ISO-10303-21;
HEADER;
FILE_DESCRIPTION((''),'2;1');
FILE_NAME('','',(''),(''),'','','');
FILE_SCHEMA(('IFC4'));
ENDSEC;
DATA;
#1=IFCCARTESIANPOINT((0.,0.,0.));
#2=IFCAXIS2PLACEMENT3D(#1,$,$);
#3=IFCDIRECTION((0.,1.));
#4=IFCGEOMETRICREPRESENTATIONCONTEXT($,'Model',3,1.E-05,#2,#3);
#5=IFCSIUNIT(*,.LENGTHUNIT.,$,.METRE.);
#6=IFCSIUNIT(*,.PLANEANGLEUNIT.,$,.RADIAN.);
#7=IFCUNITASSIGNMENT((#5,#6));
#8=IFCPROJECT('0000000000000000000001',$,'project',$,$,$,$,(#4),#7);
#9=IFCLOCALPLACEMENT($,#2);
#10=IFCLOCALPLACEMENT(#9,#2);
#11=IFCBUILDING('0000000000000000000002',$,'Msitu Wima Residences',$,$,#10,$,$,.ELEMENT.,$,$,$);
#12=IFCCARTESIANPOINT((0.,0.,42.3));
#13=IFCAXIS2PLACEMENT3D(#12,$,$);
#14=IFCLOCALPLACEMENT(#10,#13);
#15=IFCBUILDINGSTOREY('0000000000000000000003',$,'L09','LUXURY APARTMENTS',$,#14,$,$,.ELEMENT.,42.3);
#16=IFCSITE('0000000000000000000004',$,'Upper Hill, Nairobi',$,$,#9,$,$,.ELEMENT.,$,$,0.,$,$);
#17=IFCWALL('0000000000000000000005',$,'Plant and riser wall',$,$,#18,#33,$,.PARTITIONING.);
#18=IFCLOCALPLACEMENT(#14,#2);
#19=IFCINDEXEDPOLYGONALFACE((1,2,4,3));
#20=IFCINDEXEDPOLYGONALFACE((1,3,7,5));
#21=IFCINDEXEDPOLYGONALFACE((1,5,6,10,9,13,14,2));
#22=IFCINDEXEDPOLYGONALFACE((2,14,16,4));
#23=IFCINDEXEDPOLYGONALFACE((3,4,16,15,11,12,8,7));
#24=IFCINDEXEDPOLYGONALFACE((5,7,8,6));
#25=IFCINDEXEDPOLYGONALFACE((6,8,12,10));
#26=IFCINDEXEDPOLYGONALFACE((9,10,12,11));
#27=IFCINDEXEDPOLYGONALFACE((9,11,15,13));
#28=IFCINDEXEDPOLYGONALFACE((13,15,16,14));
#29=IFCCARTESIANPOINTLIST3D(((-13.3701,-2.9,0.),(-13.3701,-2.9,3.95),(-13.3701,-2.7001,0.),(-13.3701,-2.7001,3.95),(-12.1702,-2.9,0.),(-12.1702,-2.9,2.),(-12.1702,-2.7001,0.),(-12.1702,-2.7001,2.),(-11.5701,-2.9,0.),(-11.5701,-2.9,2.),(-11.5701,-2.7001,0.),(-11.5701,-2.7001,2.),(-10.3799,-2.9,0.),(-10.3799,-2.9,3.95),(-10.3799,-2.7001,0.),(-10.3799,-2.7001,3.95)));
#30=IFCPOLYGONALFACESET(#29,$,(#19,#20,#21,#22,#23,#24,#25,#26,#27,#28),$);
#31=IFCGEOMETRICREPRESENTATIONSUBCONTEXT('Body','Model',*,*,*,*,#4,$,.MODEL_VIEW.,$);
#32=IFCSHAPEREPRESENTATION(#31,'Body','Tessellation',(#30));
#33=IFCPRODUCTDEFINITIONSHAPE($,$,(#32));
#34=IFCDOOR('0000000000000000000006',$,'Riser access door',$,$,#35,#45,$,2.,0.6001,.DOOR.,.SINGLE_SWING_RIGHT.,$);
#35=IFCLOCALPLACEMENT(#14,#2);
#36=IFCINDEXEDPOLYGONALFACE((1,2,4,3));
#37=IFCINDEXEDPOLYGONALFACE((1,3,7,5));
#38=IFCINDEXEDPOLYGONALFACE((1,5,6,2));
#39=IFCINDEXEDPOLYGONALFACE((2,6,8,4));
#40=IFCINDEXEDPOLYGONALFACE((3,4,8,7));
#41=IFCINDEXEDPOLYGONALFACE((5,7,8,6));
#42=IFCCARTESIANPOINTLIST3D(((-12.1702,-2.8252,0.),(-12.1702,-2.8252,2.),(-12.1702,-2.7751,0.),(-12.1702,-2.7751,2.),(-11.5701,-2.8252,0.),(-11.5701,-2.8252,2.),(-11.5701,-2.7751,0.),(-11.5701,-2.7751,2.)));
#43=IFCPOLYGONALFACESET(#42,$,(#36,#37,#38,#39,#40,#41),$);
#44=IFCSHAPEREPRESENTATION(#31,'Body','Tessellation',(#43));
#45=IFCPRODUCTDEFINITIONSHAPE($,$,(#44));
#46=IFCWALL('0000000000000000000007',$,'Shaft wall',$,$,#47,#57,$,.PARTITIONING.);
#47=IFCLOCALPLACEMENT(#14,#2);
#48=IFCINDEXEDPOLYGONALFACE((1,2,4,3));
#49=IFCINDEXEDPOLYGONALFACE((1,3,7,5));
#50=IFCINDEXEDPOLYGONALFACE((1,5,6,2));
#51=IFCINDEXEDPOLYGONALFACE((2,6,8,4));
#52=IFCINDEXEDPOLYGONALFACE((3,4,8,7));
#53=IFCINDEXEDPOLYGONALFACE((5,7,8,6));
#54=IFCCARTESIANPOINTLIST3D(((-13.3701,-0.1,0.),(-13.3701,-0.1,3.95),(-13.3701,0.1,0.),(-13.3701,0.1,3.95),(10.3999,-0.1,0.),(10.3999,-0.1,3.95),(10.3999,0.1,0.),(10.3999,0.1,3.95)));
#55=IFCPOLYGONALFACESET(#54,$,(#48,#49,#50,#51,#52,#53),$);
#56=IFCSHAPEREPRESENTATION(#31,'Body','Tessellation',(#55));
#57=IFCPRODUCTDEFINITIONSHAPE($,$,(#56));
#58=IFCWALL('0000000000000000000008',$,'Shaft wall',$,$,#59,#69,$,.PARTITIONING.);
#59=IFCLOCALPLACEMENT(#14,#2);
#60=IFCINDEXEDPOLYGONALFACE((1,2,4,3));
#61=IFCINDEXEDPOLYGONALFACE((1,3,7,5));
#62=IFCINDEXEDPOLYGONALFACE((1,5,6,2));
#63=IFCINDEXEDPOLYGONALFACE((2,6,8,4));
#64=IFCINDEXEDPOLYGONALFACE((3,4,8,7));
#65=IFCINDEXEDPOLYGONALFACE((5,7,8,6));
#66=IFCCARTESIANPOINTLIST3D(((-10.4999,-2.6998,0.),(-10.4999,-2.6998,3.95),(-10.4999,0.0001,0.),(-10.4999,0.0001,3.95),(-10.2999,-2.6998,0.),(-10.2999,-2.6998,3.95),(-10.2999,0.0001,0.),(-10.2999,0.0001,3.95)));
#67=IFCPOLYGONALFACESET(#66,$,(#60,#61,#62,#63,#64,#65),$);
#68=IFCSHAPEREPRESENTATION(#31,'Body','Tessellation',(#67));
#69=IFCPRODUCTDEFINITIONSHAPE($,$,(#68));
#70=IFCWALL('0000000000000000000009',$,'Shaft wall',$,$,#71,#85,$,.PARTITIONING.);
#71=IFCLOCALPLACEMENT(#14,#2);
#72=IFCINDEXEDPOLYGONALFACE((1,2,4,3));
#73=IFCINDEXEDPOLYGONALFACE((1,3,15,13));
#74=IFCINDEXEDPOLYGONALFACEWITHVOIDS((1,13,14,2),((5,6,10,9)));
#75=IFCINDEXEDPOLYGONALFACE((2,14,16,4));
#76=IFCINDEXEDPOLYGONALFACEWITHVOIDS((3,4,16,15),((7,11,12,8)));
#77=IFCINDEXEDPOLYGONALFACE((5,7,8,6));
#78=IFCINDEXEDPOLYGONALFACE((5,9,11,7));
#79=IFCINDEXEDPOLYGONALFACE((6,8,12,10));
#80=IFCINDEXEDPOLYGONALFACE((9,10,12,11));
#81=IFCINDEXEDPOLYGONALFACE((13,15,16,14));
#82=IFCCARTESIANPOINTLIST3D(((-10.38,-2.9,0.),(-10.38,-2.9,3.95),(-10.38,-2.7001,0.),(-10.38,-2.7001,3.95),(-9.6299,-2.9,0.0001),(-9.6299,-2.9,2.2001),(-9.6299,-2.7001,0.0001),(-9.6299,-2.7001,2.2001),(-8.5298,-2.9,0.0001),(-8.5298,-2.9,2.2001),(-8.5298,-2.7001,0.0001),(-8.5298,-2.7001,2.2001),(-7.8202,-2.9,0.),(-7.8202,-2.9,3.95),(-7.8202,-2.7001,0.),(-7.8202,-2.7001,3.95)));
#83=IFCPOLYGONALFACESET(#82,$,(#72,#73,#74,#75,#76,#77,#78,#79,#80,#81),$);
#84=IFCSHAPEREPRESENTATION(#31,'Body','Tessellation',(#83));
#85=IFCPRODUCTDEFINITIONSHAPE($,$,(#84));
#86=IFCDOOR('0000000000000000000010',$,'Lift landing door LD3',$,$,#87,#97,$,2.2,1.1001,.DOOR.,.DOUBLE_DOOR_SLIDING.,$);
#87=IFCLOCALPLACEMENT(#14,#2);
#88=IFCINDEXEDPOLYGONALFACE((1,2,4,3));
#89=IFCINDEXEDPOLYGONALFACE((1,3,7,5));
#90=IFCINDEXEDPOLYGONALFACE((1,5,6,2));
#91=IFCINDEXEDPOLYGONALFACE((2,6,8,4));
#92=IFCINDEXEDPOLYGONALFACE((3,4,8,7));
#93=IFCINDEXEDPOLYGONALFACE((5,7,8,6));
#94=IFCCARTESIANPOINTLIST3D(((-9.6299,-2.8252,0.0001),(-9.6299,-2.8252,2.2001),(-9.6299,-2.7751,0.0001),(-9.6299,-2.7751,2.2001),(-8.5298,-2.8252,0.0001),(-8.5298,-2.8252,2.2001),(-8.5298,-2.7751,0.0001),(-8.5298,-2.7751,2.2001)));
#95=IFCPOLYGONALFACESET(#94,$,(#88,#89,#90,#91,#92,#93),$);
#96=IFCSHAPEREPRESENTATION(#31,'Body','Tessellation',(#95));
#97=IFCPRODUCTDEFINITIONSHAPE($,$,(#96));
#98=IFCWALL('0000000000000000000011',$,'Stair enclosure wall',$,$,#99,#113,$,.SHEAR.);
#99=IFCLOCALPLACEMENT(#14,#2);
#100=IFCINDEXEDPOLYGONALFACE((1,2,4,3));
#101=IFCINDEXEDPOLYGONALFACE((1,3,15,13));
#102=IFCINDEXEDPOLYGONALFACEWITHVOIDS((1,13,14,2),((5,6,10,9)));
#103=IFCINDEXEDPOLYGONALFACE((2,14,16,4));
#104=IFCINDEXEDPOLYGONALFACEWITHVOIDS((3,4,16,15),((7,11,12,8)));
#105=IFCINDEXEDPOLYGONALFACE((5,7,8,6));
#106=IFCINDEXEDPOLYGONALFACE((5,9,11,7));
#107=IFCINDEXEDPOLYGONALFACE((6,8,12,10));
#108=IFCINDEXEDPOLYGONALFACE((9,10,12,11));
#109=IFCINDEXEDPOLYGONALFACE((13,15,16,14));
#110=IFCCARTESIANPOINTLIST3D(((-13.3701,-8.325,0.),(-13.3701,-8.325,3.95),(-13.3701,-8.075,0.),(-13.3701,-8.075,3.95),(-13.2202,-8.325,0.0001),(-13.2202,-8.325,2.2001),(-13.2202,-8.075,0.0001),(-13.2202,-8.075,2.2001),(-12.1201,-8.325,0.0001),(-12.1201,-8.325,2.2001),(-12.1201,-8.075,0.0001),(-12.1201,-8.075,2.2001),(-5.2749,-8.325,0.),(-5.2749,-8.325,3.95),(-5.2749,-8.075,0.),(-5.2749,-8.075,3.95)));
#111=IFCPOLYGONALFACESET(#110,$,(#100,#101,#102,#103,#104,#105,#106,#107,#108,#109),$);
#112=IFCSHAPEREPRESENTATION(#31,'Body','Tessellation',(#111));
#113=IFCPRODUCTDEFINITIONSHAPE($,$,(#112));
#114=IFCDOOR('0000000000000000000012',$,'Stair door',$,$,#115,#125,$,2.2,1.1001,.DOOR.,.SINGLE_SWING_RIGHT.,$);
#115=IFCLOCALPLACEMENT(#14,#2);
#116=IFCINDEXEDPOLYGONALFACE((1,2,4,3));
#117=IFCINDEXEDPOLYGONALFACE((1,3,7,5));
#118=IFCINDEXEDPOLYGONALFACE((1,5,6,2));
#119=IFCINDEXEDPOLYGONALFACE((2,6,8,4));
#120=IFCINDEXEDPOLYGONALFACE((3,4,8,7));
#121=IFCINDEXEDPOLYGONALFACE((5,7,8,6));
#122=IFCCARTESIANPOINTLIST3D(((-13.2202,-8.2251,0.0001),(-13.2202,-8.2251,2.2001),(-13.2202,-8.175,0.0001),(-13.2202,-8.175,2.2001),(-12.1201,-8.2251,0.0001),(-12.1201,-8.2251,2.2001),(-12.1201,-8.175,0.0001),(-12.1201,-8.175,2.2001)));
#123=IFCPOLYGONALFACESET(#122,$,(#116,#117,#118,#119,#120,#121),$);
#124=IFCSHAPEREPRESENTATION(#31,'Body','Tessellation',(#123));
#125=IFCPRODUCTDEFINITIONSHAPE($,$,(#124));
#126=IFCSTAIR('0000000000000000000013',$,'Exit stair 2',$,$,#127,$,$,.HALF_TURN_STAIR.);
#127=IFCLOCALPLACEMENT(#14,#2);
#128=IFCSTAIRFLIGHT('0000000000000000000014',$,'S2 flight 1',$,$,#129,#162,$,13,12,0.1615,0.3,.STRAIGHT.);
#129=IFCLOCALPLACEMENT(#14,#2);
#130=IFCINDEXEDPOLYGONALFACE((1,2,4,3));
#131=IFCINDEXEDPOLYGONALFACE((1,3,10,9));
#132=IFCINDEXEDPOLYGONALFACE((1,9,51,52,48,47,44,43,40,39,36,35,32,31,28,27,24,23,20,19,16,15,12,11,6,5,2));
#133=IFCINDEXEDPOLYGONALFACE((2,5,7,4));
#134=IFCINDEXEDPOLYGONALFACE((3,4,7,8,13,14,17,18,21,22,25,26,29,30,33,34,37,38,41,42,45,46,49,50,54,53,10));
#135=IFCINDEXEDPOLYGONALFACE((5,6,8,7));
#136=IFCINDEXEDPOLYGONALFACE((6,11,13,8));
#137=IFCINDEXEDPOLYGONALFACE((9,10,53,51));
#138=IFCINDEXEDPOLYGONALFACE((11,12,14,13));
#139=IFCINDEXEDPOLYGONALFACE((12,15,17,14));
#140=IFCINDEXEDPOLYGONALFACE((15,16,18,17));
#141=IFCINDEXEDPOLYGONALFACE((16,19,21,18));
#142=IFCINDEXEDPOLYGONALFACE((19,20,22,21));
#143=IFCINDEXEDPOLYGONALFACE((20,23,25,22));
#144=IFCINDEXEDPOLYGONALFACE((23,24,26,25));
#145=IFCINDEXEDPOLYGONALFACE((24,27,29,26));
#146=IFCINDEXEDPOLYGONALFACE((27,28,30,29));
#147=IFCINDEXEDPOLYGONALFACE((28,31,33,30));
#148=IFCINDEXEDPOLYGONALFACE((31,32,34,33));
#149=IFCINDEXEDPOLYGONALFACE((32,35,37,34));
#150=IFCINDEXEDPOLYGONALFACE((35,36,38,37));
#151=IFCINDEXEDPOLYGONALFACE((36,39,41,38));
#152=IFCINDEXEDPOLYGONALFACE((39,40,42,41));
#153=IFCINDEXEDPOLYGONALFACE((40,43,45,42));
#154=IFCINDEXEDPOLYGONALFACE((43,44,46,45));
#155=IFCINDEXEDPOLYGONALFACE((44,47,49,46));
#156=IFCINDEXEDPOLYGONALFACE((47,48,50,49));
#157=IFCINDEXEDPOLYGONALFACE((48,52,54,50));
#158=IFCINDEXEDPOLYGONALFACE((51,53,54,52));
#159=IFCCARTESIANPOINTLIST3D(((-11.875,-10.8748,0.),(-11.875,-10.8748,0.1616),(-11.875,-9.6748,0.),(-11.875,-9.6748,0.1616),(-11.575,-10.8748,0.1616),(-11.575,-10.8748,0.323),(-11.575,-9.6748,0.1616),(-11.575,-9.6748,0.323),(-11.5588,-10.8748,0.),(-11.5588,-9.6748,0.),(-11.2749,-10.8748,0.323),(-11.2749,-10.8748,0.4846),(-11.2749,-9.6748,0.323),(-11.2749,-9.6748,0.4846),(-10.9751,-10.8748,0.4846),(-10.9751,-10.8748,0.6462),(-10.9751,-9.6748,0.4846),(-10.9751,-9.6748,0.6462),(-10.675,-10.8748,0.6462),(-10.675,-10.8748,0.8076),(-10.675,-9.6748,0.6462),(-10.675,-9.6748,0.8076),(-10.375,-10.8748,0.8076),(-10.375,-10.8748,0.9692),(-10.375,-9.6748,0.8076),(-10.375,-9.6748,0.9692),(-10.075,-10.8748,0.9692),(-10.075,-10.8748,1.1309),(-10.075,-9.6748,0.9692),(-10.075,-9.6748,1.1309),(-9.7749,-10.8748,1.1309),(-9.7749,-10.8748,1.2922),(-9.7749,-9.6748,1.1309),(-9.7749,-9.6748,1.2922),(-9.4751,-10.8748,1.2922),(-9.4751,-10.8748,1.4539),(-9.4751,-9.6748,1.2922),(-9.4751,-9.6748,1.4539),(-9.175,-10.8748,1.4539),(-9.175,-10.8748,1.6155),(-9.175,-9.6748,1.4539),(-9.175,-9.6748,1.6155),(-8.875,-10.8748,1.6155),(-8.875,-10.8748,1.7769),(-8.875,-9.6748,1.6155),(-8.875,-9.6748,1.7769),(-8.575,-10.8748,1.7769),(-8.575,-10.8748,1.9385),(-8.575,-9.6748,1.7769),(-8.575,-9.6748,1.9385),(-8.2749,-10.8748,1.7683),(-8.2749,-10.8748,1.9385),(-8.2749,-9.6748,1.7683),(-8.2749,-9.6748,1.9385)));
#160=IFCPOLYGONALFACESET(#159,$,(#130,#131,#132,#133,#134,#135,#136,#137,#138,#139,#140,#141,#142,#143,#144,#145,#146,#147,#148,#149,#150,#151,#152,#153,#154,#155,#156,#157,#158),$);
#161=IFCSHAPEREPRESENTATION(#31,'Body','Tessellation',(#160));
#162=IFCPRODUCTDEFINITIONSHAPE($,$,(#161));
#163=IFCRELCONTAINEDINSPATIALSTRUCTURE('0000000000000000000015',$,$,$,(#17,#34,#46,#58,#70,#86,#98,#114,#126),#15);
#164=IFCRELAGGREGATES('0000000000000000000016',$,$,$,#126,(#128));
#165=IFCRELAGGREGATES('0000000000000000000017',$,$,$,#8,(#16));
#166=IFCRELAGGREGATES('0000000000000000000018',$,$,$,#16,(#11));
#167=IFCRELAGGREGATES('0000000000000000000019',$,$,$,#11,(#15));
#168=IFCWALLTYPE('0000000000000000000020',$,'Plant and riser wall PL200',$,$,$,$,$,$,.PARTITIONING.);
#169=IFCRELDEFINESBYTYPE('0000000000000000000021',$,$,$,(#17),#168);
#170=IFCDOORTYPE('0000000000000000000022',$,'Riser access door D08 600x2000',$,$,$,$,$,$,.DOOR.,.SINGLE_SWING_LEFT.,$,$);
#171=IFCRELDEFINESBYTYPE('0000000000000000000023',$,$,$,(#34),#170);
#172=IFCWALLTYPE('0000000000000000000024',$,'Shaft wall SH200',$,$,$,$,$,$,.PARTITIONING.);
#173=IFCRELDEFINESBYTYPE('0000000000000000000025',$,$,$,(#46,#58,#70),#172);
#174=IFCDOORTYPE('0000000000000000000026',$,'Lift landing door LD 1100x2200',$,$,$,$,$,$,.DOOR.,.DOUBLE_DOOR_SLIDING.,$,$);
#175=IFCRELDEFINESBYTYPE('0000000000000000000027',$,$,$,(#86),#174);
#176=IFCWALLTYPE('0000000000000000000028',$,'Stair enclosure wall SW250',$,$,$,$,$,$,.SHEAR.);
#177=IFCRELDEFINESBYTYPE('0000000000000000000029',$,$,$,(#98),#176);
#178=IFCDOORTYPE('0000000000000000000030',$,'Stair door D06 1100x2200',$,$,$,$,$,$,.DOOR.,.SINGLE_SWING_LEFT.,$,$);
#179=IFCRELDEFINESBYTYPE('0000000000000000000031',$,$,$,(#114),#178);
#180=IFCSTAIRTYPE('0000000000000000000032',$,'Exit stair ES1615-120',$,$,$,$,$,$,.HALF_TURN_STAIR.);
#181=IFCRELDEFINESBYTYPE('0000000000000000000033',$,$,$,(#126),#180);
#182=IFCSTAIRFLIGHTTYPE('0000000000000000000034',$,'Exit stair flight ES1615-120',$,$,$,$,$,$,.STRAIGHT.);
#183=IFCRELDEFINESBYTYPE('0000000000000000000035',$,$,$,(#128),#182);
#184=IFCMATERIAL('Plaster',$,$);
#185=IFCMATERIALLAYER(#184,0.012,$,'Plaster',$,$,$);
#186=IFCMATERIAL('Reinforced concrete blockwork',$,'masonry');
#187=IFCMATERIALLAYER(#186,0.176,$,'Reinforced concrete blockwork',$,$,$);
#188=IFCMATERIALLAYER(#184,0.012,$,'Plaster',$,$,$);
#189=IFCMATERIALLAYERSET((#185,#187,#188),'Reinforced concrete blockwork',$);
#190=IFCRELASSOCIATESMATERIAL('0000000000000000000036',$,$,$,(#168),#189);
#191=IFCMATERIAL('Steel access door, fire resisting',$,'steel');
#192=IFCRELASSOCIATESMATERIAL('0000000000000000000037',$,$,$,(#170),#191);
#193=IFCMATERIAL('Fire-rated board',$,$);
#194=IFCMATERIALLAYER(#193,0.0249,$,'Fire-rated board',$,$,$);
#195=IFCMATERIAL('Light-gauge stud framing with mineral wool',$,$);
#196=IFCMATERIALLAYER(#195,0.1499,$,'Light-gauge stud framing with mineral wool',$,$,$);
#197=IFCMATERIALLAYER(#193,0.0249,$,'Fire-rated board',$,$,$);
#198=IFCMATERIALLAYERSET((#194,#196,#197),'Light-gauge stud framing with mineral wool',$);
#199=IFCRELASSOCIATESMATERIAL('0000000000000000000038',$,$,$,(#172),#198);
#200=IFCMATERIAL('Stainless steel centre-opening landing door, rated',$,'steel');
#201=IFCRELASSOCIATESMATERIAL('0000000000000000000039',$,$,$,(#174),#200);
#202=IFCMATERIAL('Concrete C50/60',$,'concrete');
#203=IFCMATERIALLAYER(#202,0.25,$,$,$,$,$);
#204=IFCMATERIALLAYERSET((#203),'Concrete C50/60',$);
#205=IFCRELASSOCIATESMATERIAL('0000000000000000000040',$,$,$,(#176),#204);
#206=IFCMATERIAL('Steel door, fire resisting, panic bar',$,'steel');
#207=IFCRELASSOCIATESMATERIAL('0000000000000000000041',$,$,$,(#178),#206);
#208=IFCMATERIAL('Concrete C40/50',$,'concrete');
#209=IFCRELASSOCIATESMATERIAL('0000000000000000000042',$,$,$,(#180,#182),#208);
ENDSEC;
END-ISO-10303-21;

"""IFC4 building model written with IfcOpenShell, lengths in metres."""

from ifc_helpers import new_model, si_unit, direction, frame, frame_2d, origin, place, context, subcontext, project, spatial, polyline, rectangle, outline, extrude, material, layer, layer_set, type_object, element, fill, aggregate, save


model = new_model("IFC4")

# Units and contexts
model_context = context("Model", 3, precision=1e-05, world=origin(), true_north=direction((0.0, 1.0)))
body_context = subcontext(model_context, "Body", "Model", "MODEL_VIEW")
ifc_project = project(units=[si_unit("LENGTHUNIT", "METRE"), si_unit("PLANEANGLEUNIT", "RADIAN")], contexts=[model_context])

# Site, building, storey
site_placement = place(None, origin())
site = spatial("IfcSite", under=ifc_project, at=site_placement, Name="Upper Hill, Nairobi", CompositionType="ELEMENT", RefElevation=0.0)
building_placement = place(site_placement, origin())
building = spatial("IfcBuilding", under=site, at=building_placement, Name="Msitu Wima Residences", CompositionType="ELEMENT")
storey_placement = place(building_placement, frame((0.0, 0.0, 42.3)))
storey = spatial("IfcBuildingStorey", under=building, at=storey_placement, Name="L09", Description="LUXURY APARTMENTS", CompositionType="ELEMENT", Elevation=42.3)

# Wall, opening, door
ifc_material_1 = material(Name="Plaster")
ifc_layer_1 = layer(ifc_material_1, 0.012, Name="Plaster")
ifc_material_2 = material(Name="Reinforced concrete blockwork", Category="masonry")
ifc_layer_2 = layer(ifc_material_2, 0.176, Name="Reinforced concrete blockwork")
ifc_layer_3 = layer(ifc_material_1, 0.012, Name="Plaster")
ifc_layer_set_1 = layer_set([ifc_layer_1, ifc_layer_2, ifc_layer_3], Name="Reinforced concrete blockwork")
wall_type_1 = type_object("IfcWallType", Name="Plant and riser wall PL200", PredefinedType="PARTITIONING", material=ifc_layer_set_1)
wall_1_placement = place(storey_placement, frame((-13.3701, -2.8, 0.0), z_axis=(0.0, 0.0, 1.0), x_axis=(1.0, 0.0, 0.0)))
wall_1 = element("IfcWall", 1, at=wall_1_placement, inside=storey, type_object=wall_type_1, Name="Plant and riser wall", PredefinedType="PARTITIONING", context=body_context, shape_type="SweptSolid", body=[
    extrude(rectangle(XDim=2.9902, YDim=0.2, at=frame_2d((1.4951, 0.0))), origin(), (0.0, 0.0, 1.0), 3.95),
])
opening_1_placement = place(wall_1_placement, frame((1.2, 0.0, 0.0)))
opening_1 = element("IfcOpeningElement", 2, at=opening_1_placement, cuts=wall_1, PredefinedType="OPENING", context=body_context, shape_type="SweptSolid", body=[
    extrude(rectangle(XDim=0.6001, YDim=2.0, at=frame_2d((0.3, 1.0))), frame((0.0, 0.1099, 0.0), z_axis=(0.0, -1.0, 0.0), x_axis=(1.0, 0.0, 0.0)), (0.0, 0.0, 1.0), 0.22),
])
ifc_material_3 = material(Name="Steel access door, fire resisting", Category="steel")
door_type_1 = type_object("IfcDoorType", Name="Riser access door D08 600x2000", OperationType="SINGLE_SWING_LEFT", PredefinedType="DOOR", material=ifc_material_3)
door_1_placement = place(opening_1_placement, origin())
door_1 = element("IfcDoor", 3, at=door_1_placement, inside=storey, type_object=door_type_1, Name="Riser access door", OperationType="SINGLE_SWING_RIGHT", OverallHeight=2.0, OverallWidth=0.6001, PredefinedType="DOOR", context=body_context, shape_type="SweptSolid", body=[
    extrude(rectangle(XDim=0.6001, YDim=2.0, at=frame_2d((0.3, 1.0))), frame((0.0, 0.0249, 0.0), z_axis=(0.0, -1.0, 0.0), x_axis=(1.0, 0.0, 0.0)), (0.0, 0.0, 1.0), 0.05),
])
fill(opening_1, door_1)

# Walls
ifc_material_4 = material(Name="Fire-rated board")
ifc_layer_4 = layer(ifc_material_4, 0.0249, Name="Fire-rated board")
ifc_material_5 = material(Name="Light-gauge stud framing with mineral wool")
ifc_layer_5 = layer(ifc_material_5, 0.1499, Name="Light-gauge stud framing with mineral wool")
ifc_layer_6 = layer(ifc_material_4, 0.0249, Name="Fire-rated board")
ifc_layer_set_2 = layer_set([ifc_layer_4, ifc_layer_5, ifc_layer_6], Name="Light-gauge stud framing with mineral wool")
wall_type_2 = type_object("IfcWallType", Name="Shaft wall SH200", PredefinedType="PARTITIONING", material=ifc_layer_set_2)
wall_2_placement = place(storey_placement, frame((-13.3701, 0.0, 0.0), z_axis=(0.0, 0.0, 1.0), x_axis=(1.0, 0.0, 0.0)))
element("IfcWall", 4, at=wall_2_placement, inside=storey, type_object=wall_type_2, Name="Shaft wall", PredefinedType="PARTITIONING", context=body_context, shape_type="SweptSolid", body=[
    extrude(rectangle(XDim=23.77, YDim=0.2, at=frame_2d((11.885, 0.0))), origin(), (0.0, 0.0, 1.0), 3.95),
])
wall_3_placement = place(storey_placement, frame((-10.3999, -2.7, 0.0), z_axis=(0.0, 0.0, 1.0), x_axis=(0.0, 1.0, 0.0)))
element("IfcWall", 5, at=wall_3_placement, inside=storey, type_object=wall_type_2, Name="Shaft wall", PredefinedType="PARTITIONING", context=body_context, shape_type="SweptSolid", body=[
    extrude(rectangle(XDim=2.7, YDim=0.2, at=frame_2d((1.3501, 0.0))), origin(), (0.0, 0.0, 1.0), 3.95),
])

# Walls, openings, doors
wall_4_placement = place(storey_placement, frame((-10.3799, -2.8, 0.0), z_axis=(0.0, 0.0, 1.0), x_axis=(1.0, 0.0, 0.0)))
wall_4 = element("IfcWall", 6, at=wall_4_placement, inside=storey, type_object=wall_type_2, Name="Shaft wall", PredefinedType="PARTITIONING", context=body_context, shape_type="SweptSolid", body=[
    extrude(rectangle(XDim=2.5598, YDim=0.2, at=frame_2d((1.2798, 0.0))), origin(), (0.0, 0.0, 1.0), 3.95),
])
opening_2_placement = place(wall_4_placement, frame((0.75, 0.0, 0.0)))
opening_2 = element("IfcOpeningElement", 7, at=opening_2_placement, cuts=wall_4, PredefinedType="OPENING", context=body_context, shape_type="SweptSolid", body=[
    extrude(rectangle(XDim=1.1001, YDim=2.2, at=frame_2d((0.55, 1.1001))), frame((0.0, 0.1099, 0.0), z_axis=(0.0, -1.0, 0.0), x_axis=(1.0, 0.0, 0.0)), (0.0, 0.0, 1.0), 0.22),
])
ifc_material_6 = material(Name="Stainless steel centre-opening landing door, rated", Category="steel")
door_type_2 = type_object("IfcDoorType", Name="Lift landing door LD 1100x2200", OperationType="DOUBLE_DOOR_SLIDING", PredefinedType="DOOR", material=ifc_material_6)
door_2_placement = place(opening_2_placement, origin())
door_2 = element("IfcDoor", 8, at=door_2_placement, inside=storey, type_object=door_type_2, Name="Lift landing door LD3", OperationType="DOUBLE_DOOR_SLIDING", OverallHeight=2.2, OverallWidth=1.1001, PredefinedType="DOOR", context=body_context, shape_type="SweptSolid", body=[
    extrude(rectangle(XDim=1.1001, YDim=2.2, at=frame_2d((0.55, 1.1001))), frame((0.0, 0.0249, 0.0), z_axis=(0.0, -1.0, 0.0), x_axis=(1.0, 0.0, 0.0)), (0.0, 0.0, 1.0), 0.05),
])
fill(opening_2, door_2)
ifc_material_7 = material(Name="Concrete C50/60", Category="concrete")
ifc_layer_7 = layer(ifc_material_7, 0.25)
ifc_layer_set_3 = layer_set([ifc_layer_7], Name="Concrete C50/60")
wall_type_3 = type_object("IfcWallType", Name="Stair enclosure wall SW250", PredefinedType="SHEAR", material=ifc_layer_set_3)
wall_5_placement = place(storey_placement, frame((-13.3701, -8.2, 0.0), z_axis=(0.0, 0.0, 1.0), x_axis=(1.0, 0.0, 0.0)))
wall_5 = element("IfcWall", 9, at=wall_5_placement, inside=storey, type_object=wall_type_3, Name="Stair enclosure wall", PredefinedType="SHEAR", context=body_context, shape_type="SweptSolid", body=[
    extrude(rectangle(XDim=8.0952, YDim=0.25, at=frame_2d((4.0476, 0.0))), origin(), (0.0, 0.0, 1.0), 3.95),
])
opening_3_placement = place(wall_5_placement, frame((0.1499, 0.0, 0.0)))
opening_3 = element("IfcOpeningElement", 10, at=opening_3_placement, cuts=wall_5, PredefinedType="OPENING", context=body_context, shape_type="SweptSolid", body=[
    extrude(rectangle(XDim=1.1001, YDim=2.2, at=frame_2d((0.55, 1.1001))), frame((0.0, 0.135, 0.0), z_axis=(0.0, -1.0, 0.0), x_axis=(1.0, 0.0, 0.0)), (0.0, 0.0, 1.0), 0.27),
])
ifc_material_8 = material(Name="Steel door, fire resisting, panic bar", Category="steel")
door_type_3 = type_object("IfcDoorType", Name="Stair door D06 1100x2200", OperationType="SINGLE_SWING_LEFT", PredefinedType="DOOR", material=ifc_material_8)
door_3_placement = place(opening_3_placement, origin())
door_3 = element("IfcDoor", 11, at=door_3_placement, inside=storey, type_object=door_type_3, Name="Stair door", OperationType="SINGLE_SWING_RIGHT", OverallHeight=2.2, OverallWidth=1.1001, PredefinedType="DOOR", context=body_context, shape_type="SweptSolid", body=[
    extrude(rectangle(XDim=1.1001, YDim=2.2, at=frame_2d((0.55, 1.1001))), frame((0.0, 0.0249, 0.0), z_axis=(0.0, -1.0, 0.0), x_axis=(1.0, 0.0, 0.0)), (0.0, 0.0, 1.0), 0.05),
])
fill(opening_3, door_3)

# Stair, stair flight
ifc_material_9 = material(Name="Concrete C40/50", Category="concrete")
stair_type = type_object("IfcStairType", Name="Exit stair ES1615-120", PredefinedType="HALF_TURN_STAIR", material=ifc_material_9)
stair_placement = place(storey_placement, origin())
stair = element("IfcStair", 12, at=stair_placement, inside=storey, type_object=stair_type, Name="Exit stair 2", PredefinedType="HALF_TURN_STAIR")
stair_flight_type = type_object("IfcStairFlightType", Name="Exit stair flight ES1615-120", PredefinedType="STRAIGHT", material=ifc_material_9)
stair_flight_1_placement = place(storey_placement, frame((-11.875, -10.2749, 0.0), z_axis=(0.0, 0.0, 1.0), x_axis=(1.0, 0.0, 0.0)))
stair_flight_1 = element("IfcStairFlight", 13, at=stair_flight_1_placement, type_object=stair_flight_type, Name="S2 flight 1", NumberOfRisers=13, NumberOfTreads=12, PredefinedType="STRAIGHT", RiserHeight=0.1615, TreadLength=0.3, context=body_context, shape_type="SweptSolid", body=[
    extrude(outline(polyline([(0.0, 0.0), (0.0, 0.1616), (0.3, 0.1616), (0.3, 0.323), (0.6001, 0.323), (0.6001, 0.4846), (0.8999, 0.4846), (0.8999, 0.6462), (1.2, 0.6462), (1.2, 0.8076), (1.5, 0.8076), (1.5, 0.9692), (1.8, 0.9692), (1.8, 1.1309), (2.1001, 1.1309), (2.1001, 1.2922), (2.3999, 1.2922), (2.3999, 1.4539), (2.7, 1.4539), (2.7, 1.6155), (3.0, 1.6155), (3.0, 1.7769), (3.3, 1.7769), (3.3, 1.9385), (3.6001, 1.9385), (3.6001, 2.1001), (3.6001, 1.7683), (0.3162, 0.0), (0.0, 0.0)])), frame((0.0, 0.6001, 0.0), z_axis=(0.0, -1.0, 0.0), x_axis=(1.0, 0.0, 0.0)), (0.0, 0.0, 1.0), 1.2),
])
aggregate(stair, [stair_flight_1])

save(model, "model.ifc")
